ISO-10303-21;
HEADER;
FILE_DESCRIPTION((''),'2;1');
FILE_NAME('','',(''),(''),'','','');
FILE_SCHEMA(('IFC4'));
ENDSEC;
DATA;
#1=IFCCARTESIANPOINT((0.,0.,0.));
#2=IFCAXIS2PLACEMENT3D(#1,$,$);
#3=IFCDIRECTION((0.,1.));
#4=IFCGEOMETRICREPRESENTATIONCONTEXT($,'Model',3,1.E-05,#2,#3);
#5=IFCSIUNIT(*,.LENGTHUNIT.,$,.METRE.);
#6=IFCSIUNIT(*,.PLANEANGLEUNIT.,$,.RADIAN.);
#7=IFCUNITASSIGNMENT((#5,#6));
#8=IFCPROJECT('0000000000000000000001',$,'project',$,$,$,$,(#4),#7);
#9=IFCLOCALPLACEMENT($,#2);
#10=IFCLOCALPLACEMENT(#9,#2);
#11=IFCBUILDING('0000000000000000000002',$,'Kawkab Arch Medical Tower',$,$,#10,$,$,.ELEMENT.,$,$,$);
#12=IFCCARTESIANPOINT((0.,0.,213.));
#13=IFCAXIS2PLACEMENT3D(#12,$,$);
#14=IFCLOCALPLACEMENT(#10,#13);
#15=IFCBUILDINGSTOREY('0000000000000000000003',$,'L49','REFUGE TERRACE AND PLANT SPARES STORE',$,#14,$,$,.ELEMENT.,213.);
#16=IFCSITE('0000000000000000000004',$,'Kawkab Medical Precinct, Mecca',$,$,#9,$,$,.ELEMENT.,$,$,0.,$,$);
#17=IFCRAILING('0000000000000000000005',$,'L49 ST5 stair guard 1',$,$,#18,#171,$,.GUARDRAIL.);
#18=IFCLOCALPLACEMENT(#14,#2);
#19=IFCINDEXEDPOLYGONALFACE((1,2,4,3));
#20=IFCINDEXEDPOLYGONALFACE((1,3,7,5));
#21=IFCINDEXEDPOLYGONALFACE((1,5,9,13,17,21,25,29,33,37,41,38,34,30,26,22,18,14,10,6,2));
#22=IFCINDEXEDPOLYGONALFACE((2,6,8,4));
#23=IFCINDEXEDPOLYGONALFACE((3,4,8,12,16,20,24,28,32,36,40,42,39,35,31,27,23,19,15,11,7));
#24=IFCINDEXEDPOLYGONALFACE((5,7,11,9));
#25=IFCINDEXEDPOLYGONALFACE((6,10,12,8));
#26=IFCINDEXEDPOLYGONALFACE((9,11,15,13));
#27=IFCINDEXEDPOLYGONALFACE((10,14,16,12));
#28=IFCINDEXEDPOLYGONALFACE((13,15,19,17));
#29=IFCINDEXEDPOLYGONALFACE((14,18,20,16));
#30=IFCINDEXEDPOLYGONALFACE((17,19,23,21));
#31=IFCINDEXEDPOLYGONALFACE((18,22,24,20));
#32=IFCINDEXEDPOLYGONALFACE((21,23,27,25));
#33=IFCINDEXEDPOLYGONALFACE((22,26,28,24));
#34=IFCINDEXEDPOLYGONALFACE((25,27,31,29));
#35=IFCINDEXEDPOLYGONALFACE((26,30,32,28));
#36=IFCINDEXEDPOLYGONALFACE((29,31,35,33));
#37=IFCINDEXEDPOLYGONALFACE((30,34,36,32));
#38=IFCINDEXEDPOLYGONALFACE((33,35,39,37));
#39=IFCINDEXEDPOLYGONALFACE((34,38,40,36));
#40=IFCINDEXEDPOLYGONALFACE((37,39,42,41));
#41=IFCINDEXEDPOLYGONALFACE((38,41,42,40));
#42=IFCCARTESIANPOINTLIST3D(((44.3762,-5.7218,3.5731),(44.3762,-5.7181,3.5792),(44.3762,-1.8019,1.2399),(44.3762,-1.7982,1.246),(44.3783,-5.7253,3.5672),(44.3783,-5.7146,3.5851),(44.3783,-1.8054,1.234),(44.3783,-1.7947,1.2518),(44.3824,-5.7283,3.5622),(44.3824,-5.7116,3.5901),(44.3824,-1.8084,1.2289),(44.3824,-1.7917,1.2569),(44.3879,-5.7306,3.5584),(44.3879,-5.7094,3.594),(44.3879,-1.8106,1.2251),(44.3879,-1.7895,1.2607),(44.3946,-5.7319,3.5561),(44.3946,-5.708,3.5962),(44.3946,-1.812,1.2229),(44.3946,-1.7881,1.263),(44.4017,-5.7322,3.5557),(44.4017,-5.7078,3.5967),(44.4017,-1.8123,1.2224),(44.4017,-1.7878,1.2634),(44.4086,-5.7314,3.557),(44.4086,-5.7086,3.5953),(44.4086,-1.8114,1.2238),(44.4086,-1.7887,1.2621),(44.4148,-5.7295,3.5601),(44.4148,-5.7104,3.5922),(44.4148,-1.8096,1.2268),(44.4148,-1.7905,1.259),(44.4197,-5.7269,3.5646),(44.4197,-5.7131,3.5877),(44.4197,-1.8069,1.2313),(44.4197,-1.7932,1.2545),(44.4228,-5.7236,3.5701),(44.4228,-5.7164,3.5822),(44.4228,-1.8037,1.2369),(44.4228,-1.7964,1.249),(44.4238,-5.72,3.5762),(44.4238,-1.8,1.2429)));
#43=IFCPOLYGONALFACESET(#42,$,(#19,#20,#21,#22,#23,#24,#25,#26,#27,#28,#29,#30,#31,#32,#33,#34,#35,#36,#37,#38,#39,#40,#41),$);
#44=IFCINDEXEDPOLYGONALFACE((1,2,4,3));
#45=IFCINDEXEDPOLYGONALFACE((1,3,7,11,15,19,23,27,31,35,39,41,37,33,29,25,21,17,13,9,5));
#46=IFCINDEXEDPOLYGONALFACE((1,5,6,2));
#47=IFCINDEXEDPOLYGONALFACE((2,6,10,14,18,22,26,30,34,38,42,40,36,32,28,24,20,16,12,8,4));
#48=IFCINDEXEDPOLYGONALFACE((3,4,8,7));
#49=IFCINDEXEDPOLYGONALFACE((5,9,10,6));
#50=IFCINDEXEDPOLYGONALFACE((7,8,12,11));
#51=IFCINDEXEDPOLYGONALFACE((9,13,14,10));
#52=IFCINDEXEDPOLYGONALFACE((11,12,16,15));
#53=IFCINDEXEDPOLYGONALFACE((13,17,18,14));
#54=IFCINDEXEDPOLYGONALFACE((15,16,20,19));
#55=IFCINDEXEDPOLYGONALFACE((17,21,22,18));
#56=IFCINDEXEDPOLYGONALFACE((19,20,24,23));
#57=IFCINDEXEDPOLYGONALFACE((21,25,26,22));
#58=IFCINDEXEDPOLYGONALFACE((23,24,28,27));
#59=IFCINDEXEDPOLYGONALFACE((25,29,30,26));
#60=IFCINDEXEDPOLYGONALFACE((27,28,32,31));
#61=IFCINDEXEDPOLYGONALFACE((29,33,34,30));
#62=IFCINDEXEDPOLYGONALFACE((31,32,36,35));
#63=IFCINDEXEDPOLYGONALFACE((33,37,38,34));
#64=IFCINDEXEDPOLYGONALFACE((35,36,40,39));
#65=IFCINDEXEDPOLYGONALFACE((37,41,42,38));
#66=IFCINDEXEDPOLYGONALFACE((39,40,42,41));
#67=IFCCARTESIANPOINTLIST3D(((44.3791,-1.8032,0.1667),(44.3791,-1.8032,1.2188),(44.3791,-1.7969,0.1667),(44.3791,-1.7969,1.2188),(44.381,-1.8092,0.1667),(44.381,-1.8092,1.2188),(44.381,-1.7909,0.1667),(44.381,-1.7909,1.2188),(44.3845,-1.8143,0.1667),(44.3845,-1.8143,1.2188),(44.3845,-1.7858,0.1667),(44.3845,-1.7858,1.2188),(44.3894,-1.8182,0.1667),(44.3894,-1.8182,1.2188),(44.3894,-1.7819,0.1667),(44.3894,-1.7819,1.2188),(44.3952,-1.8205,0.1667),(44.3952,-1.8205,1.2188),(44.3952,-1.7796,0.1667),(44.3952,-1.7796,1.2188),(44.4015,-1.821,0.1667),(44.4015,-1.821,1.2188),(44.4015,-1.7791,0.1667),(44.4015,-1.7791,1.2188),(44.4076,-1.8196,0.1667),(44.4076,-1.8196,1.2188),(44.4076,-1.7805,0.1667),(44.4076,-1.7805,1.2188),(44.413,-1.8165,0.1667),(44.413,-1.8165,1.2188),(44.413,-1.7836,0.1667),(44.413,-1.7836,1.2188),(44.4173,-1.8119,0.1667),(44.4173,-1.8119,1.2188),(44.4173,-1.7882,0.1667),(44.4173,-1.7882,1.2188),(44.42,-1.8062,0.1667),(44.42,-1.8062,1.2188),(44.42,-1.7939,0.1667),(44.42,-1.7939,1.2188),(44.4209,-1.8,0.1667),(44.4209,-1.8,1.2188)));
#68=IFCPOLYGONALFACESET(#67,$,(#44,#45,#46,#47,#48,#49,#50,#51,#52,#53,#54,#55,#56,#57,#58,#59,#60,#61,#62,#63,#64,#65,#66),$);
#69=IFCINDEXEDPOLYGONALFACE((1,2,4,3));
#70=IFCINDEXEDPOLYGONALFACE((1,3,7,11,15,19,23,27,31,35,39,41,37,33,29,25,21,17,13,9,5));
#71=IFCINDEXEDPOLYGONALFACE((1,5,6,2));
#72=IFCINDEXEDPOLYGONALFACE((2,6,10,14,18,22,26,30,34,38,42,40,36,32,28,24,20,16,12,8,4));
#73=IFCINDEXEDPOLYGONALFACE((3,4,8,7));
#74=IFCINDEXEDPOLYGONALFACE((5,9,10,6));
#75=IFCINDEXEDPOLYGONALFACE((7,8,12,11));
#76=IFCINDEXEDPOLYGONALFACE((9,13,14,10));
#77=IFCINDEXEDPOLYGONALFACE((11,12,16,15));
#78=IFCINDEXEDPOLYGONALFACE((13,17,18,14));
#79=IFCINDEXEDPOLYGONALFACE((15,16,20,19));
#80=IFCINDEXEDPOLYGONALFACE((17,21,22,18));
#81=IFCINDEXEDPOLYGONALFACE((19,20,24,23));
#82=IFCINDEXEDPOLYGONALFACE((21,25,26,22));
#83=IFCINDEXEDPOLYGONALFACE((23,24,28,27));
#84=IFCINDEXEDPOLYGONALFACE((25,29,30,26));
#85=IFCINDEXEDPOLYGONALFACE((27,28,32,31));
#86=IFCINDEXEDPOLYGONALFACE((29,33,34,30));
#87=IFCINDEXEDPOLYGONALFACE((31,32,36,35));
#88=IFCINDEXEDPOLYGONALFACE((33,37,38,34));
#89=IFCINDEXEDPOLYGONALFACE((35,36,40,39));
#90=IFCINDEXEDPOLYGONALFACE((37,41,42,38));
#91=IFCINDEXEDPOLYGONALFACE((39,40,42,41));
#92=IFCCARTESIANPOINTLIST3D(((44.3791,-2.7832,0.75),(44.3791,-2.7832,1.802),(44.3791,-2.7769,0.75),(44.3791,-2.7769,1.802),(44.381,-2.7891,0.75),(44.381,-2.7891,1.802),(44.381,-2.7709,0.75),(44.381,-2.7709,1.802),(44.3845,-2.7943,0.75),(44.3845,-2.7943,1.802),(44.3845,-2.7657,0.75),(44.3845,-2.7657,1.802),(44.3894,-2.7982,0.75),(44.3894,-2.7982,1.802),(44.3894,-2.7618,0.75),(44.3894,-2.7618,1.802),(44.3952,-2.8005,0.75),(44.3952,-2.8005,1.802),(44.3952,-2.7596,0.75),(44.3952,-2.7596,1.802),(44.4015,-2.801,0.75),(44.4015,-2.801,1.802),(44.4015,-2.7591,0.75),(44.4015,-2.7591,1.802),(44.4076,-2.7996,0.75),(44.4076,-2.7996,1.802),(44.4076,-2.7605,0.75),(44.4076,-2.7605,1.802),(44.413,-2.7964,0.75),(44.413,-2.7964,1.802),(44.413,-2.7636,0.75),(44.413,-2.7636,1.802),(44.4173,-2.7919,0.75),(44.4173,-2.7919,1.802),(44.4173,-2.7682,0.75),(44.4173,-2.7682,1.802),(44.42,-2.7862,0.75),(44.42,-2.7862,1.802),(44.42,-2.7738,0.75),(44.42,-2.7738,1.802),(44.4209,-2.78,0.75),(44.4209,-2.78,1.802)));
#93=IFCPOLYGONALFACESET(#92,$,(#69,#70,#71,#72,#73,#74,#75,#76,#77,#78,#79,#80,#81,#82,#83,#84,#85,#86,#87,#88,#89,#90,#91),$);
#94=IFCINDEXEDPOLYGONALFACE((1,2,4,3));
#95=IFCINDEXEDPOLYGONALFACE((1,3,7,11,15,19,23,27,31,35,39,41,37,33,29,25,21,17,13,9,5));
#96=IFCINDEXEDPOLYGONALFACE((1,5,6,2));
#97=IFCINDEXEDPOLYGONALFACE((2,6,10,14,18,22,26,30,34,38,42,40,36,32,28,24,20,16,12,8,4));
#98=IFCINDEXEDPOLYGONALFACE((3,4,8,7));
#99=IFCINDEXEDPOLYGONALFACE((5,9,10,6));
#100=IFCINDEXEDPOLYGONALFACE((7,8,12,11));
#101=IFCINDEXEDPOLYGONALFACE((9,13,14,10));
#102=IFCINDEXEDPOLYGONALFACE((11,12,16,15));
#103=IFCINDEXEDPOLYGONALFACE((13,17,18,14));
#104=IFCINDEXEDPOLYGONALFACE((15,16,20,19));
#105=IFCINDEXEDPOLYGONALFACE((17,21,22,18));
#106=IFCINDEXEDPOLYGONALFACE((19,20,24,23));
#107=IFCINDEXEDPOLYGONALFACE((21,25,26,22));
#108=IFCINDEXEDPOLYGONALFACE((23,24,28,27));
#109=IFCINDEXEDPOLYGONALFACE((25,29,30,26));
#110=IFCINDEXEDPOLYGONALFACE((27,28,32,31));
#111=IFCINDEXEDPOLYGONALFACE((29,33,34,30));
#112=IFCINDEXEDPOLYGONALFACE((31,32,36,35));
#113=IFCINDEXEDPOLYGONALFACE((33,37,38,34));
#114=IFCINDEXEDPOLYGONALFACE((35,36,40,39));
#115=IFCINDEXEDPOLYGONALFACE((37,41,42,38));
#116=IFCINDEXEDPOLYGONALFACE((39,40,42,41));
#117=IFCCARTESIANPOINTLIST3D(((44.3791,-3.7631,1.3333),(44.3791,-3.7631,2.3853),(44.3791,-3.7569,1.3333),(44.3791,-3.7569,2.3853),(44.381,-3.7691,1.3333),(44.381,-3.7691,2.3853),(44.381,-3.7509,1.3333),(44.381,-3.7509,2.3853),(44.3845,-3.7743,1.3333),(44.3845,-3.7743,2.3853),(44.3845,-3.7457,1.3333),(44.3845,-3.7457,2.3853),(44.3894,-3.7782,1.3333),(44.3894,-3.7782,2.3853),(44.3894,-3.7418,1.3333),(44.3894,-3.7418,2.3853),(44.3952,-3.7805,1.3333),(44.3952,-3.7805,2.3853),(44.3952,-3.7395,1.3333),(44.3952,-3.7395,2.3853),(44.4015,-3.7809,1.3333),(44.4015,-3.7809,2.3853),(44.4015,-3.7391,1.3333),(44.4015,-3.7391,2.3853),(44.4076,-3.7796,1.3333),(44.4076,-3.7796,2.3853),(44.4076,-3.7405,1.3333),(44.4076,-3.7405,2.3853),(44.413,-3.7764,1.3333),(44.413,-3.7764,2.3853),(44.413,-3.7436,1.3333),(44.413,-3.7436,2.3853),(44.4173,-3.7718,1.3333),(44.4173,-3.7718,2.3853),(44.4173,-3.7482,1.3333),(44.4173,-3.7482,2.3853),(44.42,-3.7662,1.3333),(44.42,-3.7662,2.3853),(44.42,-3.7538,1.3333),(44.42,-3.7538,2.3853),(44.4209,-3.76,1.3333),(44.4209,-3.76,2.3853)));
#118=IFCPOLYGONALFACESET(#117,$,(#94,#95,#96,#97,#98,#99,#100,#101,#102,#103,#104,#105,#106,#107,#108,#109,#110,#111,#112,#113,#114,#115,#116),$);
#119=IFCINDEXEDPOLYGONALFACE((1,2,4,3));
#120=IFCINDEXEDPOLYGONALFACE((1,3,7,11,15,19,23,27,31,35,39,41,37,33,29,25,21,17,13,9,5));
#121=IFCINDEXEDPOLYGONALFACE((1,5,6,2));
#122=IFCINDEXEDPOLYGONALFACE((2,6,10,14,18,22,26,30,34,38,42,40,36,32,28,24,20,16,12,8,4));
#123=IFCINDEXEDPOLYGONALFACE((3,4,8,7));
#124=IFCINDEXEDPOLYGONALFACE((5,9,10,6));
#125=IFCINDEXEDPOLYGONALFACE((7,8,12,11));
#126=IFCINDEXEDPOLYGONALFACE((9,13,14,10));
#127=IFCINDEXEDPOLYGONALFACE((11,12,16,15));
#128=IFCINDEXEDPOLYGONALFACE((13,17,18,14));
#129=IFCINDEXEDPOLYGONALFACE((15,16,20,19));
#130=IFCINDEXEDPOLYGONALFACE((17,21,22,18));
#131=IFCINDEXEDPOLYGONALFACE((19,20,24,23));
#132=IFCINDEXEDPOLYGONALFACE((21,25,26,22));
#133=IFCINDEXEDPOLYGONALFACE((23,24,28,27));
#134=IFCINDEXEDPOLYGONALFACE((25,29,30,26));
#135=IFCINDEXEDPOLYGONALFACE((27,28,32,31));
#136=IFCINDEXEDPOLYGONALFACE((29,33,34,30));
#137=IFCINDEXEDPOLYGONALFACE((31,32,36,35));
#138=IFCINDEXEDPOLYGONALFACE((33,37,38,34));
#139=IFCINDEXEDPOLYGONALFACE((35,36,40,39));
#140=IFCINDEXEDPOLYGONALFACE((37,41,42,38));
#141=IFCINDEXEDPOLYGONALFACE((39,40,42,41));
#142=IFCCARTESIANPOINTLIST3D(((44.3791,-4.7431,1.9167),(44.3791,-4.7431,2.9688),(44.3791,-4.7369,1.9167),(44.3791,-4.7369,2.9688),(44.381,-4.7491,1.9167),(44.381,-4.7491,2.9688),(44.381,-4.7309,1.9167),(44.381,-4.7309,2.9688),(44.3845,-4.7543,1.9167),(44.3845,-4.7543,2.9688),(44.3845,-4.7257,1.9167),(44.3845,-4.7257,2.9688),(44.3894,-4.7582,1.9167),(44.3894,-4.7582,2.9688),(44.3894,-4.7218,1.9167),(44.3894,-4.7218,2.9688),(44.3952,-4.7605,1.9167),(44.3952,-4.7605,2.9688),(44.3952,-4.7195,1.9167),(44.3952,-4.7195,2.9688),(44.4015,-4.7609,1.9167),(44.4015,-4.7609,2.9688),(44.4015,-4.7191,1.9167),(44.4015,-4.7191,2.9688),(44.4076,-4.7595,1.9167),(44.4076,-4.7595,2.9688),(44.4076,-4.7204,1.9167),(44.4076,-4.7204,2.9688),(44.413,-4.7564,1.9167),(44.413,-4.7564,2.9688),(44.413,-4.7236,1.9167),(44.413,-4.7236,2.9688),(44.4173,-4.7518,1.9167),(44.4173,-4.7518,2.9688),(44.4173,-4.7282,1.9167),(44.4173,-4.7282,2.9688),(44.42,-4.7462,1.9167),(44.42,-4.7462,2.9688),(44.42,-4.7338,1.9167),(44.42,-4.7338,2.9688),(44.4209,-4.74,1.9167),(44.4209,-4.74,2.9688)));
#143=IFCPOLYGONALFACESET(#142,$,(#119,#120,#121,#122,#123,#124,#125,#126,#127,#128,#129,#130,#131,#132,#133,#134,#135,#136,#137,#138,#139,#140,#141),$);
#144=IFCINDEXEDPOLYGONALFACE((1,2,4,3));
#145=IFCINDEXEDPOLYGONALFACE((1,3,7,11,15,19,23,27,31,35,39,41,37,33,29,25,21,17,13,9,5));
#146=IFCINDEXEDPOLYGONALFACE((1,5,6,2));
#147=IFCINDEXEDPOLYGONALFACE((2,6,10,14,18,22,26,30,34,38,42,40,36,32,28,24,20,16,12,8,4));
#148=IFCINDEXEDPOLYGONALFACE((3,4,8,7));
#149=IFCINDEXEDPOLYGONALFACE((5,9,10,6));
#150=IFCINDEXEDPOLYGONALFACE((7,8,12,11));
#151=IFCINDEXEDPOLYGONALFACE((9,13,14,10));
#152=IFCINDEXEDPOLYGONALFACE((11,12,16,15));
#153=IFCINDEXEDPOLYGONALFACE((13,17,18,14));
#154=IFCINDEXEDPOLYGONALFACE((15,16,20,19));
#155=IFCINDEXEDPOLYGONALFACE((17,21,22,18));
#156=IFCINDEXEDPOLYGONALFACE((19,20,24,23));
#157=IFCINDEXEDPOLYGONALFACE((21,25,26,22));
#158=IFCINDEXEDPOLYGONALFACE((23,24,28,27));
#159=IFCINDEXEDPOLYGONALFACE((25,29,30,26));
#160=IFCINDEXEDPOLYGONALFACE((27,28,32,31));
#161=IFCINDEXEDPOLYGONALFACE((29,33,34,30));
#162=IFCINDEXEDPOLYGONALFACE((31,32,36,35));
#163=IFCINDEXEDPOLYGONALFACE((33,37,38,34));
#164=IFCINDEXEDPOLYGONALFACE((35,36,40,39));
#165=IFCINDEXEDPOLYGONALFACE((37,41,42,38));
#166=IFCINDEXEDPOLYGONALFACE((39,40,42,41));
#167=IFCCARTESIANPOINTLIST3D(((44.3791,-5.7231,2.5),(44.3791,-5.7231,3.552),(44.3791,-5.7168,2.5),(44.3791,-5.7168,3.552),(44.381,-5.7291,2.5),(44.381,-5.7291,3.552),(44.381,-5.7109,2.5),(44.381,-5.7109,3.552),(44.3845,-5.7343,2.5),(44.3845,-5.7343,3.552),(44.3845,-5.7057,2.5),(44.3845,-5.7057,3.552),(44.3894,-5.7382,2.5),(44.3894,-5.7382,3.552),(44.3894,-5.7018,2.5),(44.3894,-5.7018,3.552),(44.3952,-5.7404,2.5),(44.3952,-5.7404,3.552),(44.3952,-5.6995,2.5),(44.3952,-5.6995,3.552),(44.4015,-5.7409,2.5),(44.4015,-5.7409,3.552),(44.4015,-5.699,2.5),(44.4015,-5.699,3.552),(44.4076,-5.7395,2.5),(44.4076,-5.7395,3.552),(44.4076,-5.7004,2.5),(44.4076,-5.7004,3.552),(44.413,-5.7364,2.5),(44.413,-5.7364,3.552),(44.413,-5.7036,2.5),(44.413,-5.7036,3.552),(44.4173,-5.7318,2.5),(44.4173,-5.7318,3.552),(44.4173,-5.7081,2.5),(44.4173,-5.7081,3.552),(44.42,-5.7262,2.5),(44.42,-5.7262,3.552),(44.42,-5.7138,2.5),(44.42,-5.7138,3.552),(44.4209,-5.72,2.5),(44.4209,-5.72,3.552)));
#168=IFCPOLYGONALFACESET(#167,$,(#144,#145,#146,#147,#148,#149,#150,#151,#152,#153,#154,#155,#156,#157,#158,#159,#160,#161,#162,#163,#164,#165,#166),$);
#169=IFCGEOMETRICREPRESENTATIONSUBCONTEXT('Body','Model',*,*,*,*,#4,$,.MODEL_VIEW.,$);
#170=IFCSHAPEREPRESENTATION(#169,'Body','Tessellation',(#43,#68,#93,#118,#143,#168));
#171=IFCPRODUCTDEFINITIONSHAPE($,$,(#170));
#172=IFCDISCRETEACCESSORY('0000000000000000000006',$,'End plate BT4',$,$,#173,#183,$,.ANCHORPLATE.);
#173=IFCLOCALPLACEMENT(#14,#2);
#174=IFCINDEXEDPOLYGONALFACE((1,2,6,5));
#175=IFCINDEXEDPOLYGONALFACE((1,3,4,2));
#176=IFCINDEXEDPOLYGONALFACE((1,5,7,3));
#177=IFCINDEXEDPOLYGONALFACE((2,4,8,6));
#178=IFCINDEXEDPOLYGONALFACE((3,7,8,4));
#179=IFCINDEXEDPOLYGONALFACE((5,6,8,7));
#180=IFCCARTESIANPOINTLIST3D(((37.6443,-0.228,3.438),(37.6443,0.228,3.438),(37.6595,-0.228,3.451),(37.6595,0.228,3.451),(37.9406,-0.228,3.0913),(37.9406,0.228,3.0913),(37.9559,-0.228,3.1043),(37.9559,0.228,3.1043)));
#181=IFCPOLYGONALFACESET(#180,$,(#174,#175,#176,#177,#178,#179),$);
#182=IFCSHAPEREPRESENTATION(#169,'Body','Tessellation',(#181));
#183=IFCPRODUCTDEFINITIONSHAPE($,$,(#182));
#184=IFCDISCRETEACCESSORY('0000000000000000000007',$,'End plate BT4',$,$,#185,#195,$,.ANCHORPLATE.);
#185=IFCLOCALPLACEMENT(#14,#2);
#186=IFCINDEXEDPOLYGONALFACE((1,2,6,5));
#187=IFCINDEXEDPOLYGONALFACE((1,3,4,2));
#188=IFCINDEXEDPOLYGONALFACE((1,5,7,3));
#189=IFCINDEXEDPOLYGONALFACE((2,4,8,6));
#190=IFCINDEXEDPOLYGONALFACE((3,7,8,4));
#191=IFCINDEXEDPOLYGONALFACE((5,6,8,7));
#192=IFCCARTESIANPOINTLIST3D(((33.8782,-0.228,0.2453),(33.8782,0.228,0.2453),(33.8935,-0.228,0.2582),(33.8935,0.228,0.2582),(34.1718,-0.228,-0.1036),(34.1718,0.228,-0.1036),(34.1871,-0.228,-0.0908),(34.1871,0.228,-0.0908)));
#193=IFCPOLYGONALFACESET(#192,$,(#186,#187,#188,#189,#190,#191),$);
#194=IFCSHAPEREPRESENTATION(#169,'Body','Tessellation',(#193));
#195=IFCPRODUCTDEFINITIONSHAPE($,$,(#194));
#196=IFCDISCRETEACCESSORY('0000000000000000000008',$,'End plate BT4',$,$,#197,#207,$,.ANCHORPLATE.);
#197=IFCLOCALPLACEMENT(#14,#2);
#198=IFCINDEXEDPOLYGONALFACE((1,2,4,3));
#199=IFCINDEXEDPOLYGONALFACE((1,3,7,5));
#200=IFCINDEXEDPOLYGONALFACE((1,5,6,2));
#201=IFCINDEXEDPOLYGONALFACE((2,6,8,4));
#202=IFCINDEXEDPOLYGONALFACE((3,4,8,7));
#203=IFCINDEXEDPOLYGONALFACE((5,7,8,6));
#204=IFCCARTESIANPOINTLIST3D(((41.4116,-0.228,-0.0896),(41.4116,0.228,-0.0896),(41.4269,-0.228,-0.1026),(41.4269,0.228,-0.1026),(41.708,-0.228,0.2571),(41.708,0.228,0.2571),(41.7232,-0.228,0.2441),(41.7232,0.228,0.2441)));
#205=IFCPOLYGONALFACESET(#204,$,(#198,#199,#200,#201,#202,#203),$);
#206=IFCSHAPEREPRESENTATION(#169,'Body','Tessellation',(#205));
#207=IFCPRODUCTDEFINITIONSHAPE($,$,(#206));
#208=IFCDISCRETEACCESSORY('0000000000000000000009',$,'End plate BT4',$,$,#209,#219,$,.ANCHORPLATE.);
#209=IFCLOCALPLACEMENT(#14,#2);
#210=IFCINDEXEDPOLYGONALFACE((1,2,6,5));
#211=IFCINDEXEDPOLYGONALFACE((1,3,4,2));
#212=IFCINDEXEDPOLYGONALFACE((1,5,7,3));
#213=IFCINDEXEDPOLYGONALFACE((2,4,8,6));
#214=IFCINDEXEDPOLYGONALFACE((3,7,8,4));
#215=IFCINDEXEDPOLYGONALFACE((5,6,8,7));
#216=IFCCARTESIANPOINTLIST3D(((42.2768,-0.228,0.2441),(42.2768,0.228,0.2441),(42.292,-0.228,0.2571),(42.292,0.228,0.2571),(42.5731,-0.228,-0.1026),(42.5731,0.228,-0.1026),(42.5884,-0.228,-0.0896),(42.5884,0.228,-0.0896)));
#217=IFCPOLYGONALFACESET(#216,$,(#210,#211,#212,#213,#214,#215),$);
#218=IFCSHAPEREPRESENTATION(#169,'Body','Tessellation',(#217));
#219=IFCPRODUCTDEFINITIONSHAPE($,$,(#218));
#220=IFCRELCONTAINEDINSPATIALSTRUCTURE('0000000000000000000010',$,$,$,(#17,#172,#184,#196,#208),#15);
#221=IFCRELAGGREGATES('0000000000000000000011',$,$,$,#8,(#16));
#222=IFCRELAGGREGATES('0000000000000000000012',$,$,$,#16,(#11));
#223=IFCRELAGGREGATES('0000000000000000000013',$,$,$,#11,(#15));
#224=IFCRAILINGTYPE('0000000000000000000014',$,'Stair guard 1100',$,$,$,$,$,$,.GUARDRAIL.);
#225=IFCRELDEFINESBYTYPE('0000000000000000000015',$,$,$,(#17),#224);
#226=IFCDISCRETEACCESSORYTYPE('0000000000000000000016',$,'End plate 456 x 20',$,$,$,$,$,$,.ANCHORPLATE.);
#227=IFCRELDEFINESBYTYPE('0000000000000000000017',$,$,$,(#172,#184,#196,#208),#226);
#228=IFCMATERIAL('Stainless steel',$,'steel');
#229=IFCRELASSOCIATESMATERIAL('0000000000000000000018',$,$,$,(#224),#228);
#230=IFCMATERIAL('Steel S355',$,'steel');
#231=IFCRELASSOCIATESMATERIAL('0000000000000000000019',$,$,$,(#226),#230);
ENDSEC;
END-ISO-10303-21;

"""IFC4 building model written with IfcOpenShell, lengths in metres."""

from ifc_helpers import new_model, si_unit, direction, frame, origin, origin_2d, place, context, subcontext, project, spatial, rectangle, circle, extrude, material, material_profile, profile_set, type_object, element, save


model = new_model("IFC4")

# Units and contexts
model_context = context("Model", 3, precision=1e-05, world=origin(), true_north=direction((0.0, 1.0)))
body_context = subcontext(model_context, "Body", "Model", "MODEL_VIEW")
ifc_project = project(units=[si_unit("LENGTHUNIT", "METRE"), si_unit("PLANEANGLEUNIT", "RADIAN")], contexts=[model_context])

# Site, building, storey
site_placement = place(None, origin())
site = spatial("IfcSite", under=ifc_project, at=site_placement, Name="Kawkab Medical Precinct, Mecca", CompositionType="ELEMENT", RefElevation=0.0)
building_placement = place(site_placement, origin())
building = spatial("IfcBuilding", under=site, at=building_placement, Name="Kawkab Arch Medical Tower", CompositionType="ELEMENT")
storey_placement = place(building_placement, frame((0.0, 0.0, 213.0)))
storey = spatial("IfcBuildingStorey", under=building, at=storey_placement, Name="L49", Description="REFUGE TERRACE AND PLANT SPARES STORE", CompositionType="ELEMENT", Elevation=213.0)

# Railing
ifc_material_1 = material(Name="Stainless steel", Category="steel")
railing_type_1 = type_object("IfcRailingType", Name="Stair guard 1100", PredefinedType="GUARDRAIL", material=ifc_material_1)
railing_1_placement = place(storey_placement, frame((44.3999, -1.8, 0.1667)))
element("IfcRailing", 1, at=railing_1_placement, inside=storey, type_object=railing_type_1, Name="L49 ST5 stair guard 1", PredefinedType="GUARDRAIL", context=body_context, shape_type="SweptSolid", body=[
    extrude(circle(Radius=0.0239, at=origin_2d()), frame((0.0, 0.0, 1.0762), z_axis=(0.0, -0.859296, 0.511478), x_axis=(1.0, 0.0, 0.0)), (0.0, 0.0, 1.0), 4.5618),
    extrude(circle(Radius=0.021, at=origin_2d()), origin(), (0.0, 0.0, 1.0), 1.052),
    extrude(circle(Radius=0.021, at=origin_2d()), frame((0.0, -0.98, 0.5833)), (0.0, 0.0, 1.0), 1.052),
    extrude(circle(Radius=0.021, at=origin_2d()), frame((0.0, -1.96, 1.1665)), (0.0, 0.0, 1.0), 1.052),
    extrude(circle(Radius=0.021, at=origin_2d()), frame((0.0, -2.9399, 1.75)), (0.0, 0.0, 1.0), 1.052),
    extrude(circle(Radius=0.021, at=origin_2d()), frame((0.0, -3.9199, 2.3333)), (0.0, 0.0, 1.0), 1.052),
])

# Discrete accessories
ifc_material_2 = material(Name="Steel S355", Category="steel")
ifc_material_profile_1 = material_profile(ifc_material_2, rectangle(XDim=0.4561, YDim=0.4561, at=origin_2d()), Name="End plate 456 x 20")
ifc_profile_set_1 = profile_set([ifc_material_profile_1], Name="Steel S355")
discrete_accessory_type = type_object("IfcDiscreteAccessoryType", Name="End plate 456 x 20", PredefinedType="ANCHORPLATE", material=ifc_profile_set_1)
for number, where, z_axis, x_axis, name in (
    (2, (37.7925, 0.0, 3.2646), (0.760121, 0.0, 0.649781), (0.0, 1.0, 0.0), "End plate BT4"),
    (3, (34.0403, 0.0, 0.0837), (-0.765226, 0.0, -0.643762), (0.0, -1.0, 0.0), "End plate BT4"),
    (4, (41.5598, 0.0, 0.0837), (0.760121, 0.0, -0.649781), (0.0, 1.0, 0.0), "End plate BT4"),
    (5, (42.4402, 0.0, 0.0837), (-0.760121, 0.0, -0.649781), (0.0, -1.0, 0.0), "End plate BT4"),
):
    element("IfcDiscreteAccessory", number, at=place(storey_placement, frame(where, z_axis=z_axis, x_axis=x_axis)), inside=storey, type_object=discrete_accessory_type, Name=name, PredefinedType="ANCHORPLATE", context=body_context, shape_type="SweptSolid", body=[
        extrude(rectangle(XDim=0.4561, YDim=0.4561, at=origin_2d()), origin(), (0.0, 0.0, 1.0), 0.02),
    ])

save(model, "model.ifc")
